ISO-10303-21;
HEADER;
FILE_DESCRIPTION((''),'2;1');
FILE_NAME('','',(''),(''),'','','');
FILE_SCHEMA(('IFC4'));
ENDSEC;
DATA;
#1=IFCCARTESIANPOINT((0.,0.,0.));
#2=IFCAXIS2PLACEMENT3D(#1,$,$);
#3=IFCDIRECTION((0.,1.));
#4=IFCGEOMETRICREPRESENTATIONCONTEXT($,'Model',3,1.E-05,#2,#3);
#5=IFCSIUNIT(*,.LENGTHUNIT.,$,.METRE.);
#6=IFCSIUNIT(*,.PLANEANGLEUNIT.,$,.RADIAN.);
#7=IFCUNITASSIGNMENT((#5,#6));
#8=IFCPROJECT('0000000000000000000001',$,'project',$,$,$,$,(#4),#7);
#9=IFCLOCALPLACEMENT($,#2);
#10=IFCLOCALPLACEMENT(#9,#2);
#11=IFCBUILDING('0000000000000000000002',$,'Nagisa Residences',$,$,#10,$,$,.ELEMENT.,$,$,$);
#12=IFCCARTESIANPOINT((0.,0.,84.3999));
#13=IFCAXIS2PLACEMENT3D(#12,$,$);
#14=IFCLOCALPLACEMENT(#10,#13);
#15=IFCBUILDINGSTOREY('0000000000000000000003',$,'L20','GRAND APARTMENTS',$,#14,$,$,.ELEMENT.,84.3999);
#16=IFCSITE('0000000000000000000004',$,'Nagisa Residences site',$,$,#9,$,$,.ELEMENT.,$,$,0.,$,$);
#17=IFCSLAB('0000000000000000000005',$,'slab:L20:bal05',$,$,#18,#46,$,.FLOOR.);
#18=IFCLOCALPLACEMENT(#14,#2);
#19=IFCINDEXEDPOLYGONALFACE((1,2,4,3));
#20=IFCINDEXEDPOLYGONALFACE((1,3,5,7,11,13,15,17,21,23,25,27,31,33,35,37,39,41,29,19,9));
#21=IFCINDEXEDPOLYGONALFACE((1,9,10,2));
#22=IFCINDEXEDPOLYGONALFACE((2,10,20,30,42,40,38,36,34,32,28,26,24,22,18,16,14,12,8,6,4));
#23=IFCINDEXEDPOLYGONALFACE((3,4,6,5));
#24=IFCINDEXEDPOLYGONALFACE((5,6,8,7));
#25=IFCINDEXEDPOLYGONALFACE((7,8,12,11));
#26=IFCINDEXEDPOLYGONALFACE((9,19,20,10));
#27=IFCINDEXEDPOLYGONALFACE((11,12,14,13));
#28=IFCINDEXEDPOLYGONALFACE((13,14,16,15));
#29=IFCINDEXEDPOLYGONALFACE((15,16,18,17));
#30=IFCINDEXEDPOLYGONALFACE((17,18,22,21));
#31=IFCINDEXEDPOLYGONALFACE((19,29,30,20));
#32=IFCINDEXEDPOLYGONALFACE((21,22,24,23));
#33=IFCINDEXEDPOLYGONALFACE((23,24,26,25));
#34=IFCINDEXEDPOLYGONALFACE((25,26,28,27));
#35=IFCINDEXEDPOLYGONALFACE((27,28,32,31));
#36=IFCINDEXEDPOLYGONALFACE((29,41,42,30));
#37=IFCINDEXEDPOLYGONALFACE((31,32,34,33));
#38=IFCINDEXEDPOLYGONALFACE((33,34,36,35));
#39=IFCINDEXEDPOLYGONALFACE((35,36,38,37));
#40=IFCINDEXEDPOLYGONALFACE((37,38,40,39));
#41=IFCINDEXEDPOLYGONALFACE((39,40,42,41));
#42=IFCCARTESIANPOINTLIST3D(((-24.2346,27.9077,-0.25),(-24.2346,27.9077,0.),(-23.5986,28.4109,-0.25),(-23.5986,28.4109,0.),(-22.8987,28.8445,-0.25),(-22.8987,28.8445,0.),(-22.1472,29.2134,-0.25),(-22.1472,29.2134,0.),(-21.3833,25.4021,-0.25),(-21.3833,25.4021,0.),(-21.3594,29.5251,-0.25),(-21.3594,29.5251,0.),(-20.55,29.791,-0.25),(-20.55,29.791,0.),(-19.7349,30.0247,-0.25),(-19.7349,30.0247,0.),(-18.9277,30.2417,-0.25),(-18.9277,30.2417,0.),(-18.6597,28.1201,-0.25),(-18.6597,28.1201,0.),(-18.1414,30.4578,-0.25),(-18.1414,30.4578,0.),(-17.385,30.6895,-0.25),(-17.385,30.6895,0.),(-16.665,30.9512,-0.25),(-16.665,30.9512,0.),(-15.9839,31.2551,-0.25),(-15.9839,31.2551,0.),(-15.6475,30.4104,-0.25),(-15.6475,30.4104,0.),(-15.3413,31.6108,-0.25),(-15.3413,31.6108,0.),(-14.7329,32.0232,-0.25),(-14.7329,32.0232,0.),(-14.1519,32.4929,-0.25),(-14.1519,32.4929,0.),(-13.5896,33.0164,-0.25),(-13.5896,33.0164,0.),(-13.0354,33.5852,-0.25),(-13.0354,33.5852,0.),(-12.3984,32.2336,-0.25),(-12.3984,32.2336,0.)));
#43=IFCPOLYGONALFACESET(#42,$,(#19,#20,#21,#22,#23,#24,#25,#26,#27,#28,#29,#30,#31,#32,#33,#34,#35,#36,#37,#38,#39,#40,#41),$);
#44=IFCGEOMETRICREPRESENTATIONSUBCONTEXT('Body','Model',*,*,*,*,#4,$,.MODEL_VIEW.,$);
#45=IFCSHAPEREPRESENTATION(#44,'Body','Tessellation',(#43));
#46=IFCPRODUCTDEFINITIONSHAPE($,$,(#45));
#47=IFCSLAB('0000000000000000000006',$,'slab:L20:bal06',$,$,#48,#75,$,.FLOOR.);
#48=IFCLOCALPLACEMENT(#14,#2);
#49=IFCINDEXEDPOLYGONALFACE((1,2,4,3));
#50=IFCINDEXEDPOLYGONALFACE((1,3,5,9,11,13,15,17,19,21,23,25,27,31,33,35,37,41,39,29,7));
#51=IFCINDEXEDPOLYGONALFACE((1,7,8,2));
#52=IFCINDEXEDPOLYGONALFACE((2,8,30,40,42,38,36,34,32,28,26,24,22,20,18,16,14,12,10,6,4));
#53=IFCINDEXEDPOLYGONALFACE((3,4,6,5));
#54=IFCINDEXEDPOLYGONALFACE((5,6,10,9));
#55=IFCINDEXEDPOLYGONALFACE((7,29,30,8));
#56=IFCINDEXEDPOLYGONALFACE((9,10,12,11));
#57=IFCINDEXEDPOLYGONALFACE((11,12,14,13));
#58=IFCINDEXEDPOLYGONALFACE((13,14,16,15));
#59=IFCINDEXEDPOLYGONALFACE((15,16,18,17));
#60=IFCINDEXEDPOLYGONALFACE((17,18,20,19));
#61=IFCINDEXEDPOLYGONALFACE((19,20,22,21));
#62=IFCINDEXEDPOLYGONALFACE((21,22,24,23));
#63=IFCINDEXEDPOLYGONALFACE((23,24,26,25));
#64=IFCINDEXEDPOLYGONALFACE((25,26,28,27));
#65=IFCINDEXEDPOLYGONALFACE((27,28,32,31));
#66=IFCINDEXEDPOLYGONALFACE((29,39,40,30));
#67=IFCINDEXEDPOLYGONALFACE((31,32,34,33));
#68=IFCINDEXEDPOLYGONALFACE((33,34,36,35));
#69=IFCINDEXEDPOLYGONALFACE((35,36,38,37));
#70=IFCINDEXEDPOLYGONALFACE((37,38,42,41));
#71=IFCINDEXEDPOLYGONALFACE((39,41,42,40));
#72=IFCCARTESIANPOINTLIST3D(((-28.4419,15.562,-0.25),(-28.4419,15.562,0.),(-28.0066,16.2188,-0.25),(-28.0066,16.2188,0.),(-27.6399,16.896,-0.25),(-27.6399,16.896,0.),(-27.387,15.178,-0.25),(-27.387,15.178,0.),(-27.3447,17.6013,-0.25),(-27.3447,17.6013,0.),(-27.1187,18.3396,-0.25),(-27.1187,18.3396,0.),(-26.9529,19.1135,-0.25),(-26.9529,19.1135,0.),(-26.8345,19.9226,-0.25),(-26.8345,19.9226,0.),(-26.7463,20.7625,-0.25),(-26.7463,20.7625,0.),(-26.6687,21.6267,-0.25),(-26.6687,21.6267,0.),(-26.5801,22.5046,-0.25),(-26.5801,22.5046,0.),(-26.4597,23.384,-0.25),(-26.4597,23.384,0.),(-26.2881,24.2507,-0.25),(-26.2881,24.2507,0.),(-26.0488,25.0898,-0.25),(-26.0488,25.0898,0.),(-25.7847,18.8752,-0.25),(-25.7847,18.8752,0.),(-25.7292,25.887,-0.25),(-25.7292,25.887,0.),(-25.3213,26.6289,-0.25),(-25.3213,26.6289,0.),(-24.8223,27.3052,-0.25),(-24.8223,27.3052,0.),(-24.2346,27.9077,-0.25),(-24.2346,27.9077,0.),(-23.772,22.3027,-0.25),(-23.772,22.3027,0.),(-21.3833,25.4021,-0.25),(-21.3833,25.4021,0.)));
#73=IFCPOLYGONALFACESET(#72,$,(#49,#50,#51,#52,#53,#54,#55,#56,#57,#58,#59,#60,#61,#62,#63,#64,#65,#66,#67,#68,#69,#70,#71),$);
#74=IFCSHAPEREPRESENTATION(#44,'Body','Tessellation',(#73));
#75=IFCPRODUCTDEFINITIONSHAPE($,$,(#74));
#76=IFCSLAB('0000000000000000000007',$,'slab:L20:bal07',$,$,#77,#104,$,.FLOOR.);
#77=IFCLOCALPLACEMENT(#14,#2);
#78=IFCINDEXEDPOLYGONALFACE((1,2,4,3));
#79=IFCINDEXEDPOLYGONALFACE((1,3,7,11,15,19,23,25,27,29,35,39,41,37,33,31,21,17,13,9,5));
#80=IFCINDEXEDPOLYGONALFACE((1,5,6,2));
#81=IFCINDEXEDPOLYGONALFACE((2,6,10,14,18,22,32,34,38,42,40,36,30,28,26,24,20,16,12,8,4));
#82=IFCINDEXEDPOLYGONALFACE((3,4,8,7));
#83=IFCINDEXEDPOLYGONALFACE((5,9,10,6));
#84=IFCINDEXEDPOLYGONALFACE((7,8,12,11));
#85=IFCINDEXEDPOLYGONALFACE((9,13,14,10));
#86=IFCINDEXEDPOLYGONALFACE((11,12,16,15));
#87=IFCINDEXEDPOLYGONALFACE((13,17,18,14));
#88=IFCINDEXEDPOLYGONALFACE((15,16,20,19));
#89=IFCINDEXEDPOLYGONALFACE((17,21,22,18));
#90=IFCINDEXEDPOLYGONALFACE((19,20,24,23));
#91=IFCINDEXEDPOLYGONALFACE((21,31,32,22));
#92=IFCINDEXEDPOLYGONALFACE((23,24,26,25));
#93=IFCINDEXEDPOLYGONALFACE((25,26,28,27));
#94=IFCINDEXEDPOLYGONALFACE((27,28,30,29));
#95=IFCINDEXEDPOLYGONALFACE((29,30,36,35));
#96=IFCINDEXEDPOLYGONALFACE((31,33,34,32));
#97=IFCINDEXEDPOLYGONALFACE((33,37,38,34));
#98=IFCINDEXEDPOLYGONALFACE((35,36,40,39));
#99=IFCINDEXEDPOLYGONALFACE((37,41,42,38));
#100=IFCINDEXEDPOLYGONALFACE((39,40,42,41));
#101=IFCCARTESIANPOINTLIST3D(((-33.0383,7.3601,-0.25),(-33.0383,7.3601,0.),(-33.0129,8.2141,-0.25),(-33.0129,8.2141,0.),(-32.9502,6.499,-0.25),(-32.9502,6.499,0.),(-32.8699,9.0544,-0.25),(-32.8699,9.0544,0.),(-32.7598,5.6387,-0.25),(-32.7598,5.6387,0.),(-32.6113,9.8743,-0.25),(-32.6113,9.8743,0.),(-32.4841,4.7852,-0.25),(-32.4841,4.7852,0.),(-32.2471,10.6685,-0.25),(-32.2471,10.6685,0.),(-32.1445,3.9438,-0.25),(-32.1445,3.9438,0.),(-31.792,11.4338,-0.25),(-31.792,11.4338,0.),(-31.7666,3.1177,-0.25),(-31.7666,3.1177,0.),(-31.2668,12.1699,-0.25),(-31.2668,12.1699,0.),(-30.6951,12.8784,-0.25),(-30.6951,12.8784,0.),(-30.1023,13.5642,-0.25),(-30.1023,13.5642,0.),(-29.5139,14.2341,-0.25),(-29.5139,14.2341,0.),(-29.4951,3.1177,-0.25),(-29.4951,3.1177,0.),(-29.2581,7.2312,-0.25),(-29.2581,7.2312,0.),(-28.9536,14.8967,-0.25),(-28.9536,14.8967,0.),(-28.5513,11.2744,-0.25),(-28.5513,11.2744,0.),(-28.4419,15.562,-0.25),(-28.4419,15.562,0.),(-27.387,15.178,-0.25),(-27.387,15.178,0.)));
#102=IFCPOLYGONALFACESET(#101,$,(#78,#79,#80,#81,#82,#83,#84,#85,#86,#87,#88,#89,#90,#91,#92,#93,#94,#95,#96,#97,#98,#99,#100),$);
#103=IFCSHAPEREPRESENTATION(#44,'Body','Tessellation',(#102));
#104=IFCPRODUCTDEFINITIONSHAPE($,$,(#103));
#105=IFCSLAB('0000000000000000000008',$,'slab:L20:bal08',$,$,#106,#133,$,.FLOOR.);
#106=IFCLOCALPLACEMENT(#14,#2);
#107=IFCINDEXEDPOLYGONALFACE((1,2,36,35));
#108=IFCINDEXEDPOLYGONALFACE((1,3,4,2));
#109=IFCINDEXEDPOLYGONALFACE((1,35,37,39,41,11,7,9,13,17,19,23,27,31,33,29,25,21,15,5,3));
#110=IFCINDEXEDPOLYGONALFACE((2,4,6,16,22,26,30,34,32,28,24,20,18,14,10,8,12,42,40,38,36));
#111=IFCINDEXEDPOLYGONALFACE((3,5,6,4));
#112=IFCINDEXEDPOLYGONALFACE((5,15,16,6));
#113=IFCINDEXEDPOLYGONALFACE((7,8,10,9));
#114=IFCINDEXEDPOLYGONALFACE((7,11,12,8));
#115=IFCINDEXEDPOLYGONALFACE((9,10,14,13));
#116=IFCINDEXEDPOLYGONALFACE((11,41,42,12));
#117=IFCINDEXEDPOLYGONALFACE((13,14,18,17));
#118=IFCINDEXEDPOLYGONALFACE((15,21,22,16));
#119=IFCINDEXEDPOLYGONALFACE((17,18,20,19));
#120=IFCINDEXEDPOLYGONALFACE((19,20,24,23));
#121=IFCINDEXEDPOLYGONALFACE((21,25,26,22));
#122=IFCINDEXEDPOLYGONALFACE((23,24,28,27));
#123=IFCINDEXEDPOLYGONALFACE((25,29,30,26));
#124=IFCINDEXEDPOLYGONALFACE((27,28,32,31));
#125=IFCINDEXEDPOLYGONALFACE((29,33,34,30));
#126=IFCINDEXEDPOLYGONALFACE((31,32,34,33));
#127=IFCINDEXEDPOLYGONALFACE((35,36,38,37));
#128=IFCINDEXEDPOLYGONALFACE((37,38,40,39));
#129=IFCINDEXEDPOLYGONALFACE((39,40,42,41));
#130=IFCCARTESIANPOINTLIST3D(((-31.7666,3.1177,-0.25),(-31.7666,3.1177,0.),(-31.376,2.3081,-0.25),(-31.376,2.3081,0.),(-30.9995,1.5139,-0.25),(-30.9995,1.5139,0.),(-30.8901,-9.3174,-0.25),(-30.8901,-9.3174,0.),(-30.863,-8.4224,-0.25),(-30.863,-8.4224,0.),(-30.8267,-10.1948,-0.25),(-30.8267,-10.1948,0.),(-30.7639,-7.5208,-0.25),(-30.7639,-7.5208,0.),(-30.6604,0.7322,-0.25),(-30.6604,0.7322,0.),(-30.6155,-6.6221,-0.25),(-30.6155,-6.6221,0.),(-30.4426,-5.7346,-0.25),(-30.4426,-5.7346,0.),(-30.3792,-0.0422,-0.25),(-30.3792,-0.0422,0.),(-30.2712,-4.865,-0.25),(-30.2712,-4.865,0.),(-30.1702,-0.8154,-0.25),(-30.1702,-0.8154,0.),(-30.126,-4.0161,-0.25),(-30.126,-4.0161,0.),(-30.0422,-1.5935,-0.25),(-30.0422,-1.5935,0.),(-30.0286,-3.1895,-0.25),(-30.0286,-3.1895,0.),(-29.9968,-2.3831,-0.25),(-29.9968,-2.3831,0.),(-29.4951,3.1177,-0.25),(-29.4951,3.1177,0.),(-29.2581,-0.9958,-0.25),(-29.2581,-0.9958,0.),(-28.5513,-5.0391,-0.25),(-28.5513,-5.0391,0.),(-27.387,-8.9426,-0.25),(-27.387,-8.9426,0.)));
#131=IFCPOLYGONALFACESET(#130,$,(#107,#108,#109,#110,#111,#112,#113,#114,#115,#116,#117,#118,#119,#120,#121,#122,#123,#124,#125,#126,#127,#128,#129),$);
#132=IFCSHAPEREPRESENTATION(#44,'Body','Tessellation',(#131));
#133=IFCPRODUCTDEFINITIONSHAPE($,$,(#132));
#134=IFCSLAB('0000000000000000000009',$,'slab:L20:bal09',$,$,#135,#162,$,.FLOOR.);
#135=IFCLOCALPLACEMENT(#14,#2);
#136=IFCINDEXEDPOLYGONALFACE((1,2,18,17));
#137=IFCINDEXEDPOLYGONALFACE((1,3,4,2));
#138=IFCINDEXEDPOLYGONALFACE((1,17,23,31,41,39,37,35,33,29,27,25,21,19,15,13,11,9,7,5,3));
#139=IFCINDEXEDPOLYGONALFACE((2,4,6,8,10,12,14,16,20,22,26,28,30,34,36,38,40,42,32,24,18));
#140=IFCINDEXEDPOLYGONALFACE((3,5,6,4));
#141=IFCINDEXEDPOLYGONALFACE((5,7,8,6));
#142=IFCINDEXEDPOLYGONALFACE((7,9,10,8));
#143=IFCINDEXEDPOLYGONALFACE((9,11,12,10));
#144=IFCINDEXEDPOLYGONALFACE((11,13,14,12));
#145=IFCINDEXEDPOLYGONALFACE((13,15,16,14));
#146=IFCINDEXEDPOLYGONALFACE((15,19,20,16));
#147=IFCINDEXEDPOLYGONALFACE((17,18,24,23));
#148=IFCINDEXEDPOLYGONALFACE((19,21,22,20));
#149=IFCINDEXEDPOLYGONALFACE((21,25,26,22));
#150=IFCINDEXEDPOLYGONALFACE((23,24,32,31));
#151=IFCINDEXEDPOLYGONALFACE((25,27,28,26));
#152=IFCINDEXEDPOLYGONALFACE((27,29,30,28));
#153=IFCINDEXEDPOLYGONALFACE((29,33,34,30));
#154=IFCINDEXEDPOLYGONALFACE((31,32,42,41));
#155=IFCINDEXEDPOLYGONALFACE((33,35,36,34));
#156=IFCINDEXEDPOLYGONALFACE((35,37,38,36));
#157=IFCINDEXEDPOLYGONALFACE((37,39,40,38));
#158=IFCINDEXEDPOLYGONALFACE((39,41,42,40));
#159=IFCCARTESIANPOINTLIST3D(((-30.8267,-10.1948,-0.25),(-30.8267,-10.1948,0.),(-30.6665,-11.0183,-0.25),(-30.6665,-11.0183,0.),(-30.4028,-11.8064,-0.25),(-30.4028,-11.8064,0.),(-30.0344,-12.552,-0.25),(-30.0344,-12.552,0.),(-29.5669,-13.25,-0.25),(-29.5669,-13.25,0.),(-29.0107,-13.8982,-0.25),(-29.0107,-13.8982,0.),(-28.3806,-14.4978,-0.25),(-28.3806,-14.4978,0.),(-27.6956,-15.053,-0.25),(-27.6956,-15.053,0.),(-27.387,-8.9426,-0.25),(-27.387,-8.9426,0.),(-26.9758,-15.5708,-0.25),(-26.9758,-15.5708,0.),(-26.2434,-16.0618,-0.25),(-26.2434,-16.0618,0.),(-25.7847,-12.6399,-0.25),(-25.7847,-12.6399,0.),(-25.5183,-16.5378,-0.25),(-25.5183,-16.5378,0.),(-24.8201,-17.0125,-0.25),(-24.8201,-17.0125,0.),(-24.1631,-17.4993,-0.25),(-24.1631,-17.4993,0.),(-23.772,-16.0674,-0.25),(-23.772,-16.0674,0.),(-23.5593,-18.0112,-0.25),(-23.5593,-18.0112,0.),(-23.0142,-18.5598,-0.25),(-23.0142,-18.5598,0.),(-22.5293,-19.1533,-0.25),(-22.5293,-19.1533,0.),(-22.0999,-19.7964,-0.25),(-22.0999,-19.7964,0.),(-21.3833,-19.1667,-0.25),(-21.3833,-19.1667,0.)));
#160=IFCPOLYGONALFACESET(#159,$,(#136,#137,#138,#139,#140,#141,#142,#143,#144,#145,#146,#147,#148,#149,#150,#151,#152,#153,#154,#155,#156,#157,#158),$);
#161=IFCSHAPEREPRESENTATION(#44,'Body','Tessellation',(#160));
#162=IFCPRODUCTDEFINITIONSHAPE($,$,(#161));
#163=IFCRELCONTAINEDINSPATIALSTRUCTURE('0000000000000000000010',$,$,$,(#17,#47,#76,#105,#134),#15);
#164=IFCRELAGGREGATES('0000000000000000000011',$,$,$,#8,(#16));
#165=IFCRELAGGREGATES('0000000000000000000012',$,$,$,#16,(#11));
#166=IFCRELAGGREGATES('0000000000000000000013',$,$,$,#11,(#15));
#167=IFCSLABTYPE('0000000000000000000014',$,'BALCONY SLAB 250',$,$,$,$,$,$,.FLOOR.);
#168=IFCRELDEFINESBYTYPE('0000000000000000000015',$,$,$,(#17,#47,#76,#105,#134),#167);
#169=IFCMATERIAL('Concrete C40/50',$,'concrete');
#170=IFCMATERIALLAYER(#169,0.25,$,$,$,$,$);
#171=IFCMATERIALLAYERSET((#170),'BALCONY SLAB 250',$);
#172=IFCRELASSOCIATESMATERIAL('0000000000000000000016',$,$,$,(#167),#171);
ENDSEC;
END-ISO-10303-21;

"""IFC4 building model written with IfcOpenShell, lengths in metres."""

from ifc_helpers import new_model, si_unit, direction, frame, origin, place, context, subcontext, project, spatial, polyline, outline, extrude, material, layer, layer_set, type_object, element, save


model = new_model("IFC4")

# Units and contexts
model_context = context("Model", 3, precision=1e-05, world=origin(), true_north=direction((0.0, 1.0)))
body_context = subcontext(model_context, "Body", "Model", "MODEL_VIEW")
ifc_project = project(units=[si_unit("LENGTHUNIT", "METRE"), si_unit("PLANEANGLEUNIT", "RADIAN")], contexts=[model_context])

# Site, building, storey
site_placement = place(None, origin())
site = spatial("IfcSite", under=ifc_project, at=site_placement, Name="Nagisa Residences site", CompositionType="ELEMENT", RefElevation=0.0)
building_placement = place(site_placement, origin())
building = spatial("IfcBuilding", under=site, at=building_placement, Name="Nagisa Residences", CompositionType="ELEMENT")
storey_placement = place(building_placement, frame((0.0, 0.0, 84.3999)))
storey = spatial("IfcBuildingStorey", under=building, at=storey_placement, Name="L20", Description="GRAND APARTMENTS", CompositionType="ELEMENT", Elevation=84.3999)

# Slabs
ifc_material_1 = material(Name="Concrete C40/50", Category="concrete")
ifc_layer_1 = layer(ifc_material_1, 0.25)
ifc_layer_set_1 = layer_set([ifc_layer_1], Name="BALCONY SLAB 250")
slab_type_1 = type_object("IfcSlabType", Name="BALCONY SLAB 250", PredefinedType="FLOOR", material=ifc_layer_set_1)
slab_1_placement = place(storey_placement, frame((0.0, 0.0, -0.25)))
element("IfcSlab", 1, at=slab_1_placement, inside=storey, type_object=slab_type_1, Name="slab:L20:bal05", PredefinedType="FLOOR", context=body_context, shape_type="SweptSolid", body=[
    extrude(outline(polyline([(-13.0354, 33.5852), (-13.5896, 33.0164), (-14.1519, 32.4929), (-14.7329, 32.0232), (-15.3413, 31.6108), (-15.9839, 31.2551), (-16.665, 30.9512), (-17.385, 30.6895), (-18.1414, 30.4578), (-18.9277, 30.2417), (-19.7349, 30.0247), (-20.55, 29.791), (-21.3594, 29.5251), (-22.1472, 29.2134), (-22.8987, 28.8445), (-23.5986, 28.4109), (-24.2346, 27.9077), (-21.3833, 25.4021), (-18.6597, 28.1201), (-15.6475, 30.4104), (-12.3984, 32.2336), (-13.0354, 33.5852)])), origin(), (0.0, 0.0, 1.0), 0.25),
])
slab_2_placement = place(storey_placement, frame((0.0, 0.0, -0.25)))
element("IfcSlab", 2, at=slab_2_placement, inside=storey, type_object=slab_type_1, Name="slab:L20:bal06", PredefinedType="FLOOR", context=body_context, shape_type="SweptSolid", body=[
    extrude(outline(polyline([(-24.2346, 27.9077), (-24.8223, 27.3052), (-25.3213, 26.6289), (-25.7292, 25.887), (-26.0488, 25.0898), (-26.2881, 24.2507), (-26.4597, 23.384), (-26.5801, 22.5046), (-26.6687, 21.6267), (-26.7463, 20.7625), (-26.8345, 19.9226), (-26.9529, 19.1135), (-27.1187, 18.3396), (-27.3447, 17.6013), (-27.6399, 16.896), (-28.0066, 16.2188), (-28.4419, 15.562), (-27.387, 15.178), (-25.7847, 18.8752), (-23.772, 22.3027), (-21.3833, 25.4021), (-24.2346, 27.9077)])), origin(), (0.0, 0.0, 1.0), 0.25),
])
slab_3_placement = place(storey_placement, frame((0.0, 0.0, -0.25)))
element("IfcSlab", 3, at=slab_3_placement, inside=storey, type_object=slab_type_1, Name="slab:L20:bal07", PredefinedType="FLOOR", context=body_context, shape_type="SweptSolid", body=[
    extrude(outline(polyline([(-28.4419, 15.562), (-28.9536, 14.8967), (-29.5139, 14.2341), (-30.1023, 13.5642), (-30.6951, 12.8784), (-31.2668, 12.1699), (-31.792, 11.4338), (-32.2471, 10.6685), (-32.6113, 9.8743), (-32.8699, 9.0544), (-33.0129, 8.2141), (-33.0383, 7.3601), (-32.9502, 6.499), (-32.7598, 5.6387), (-32.4841, 4.7852), (-32.1445, 3.9438), (-31.7666, 3.1177), (-29.4951, 3.1177), (-29.2581, 7.2312), (-28.5513, 11.2744), (-27.387, 15.178), (-28.4419, 15.562)])), origin(), (0.0, 0.0, 1.0), 0.25),
])
slab_4_placement = place(storey_placement, frame((0.0, 0.0, -0.25)))
element("IfcSlab", 4, at=slab_4_placement, inside=storey, type_object=slab_type_1, Name="slab:L20:bal08", PredefinedType="FLOOR", context=body_context, shape_type="SweptSolid", body=[
    extrude(outline(polyline([(-31.7666, 3.1177), (-31.376, 2.3081), (-30.9995, 1.5139), (-30.6604, 0.7322), (-30.3792, -0.0422), (-30.1702, -0.8154), (-30.0422, -1.5935), (-29.9968, -2.3831), (-30.0286, -3.1895), (-30.126, -4.0161), (-30.2712, -4.865), (-30.4426, -5.7346), (-30.6155, -6.6221), (-30.7639, -7.5208), (-30.863, -8.4224), (-30.8901, -9.3174), (-30.8267, -10.1948), (-27.387, -8.9426), (-28.5513, -5.0391), (-29.2581, -0.9958), (-29.4951, 3.1177), (-31.7666, 3.1177)])), origin(), (0.0, 0.0, 1.0), 0.25),
])
slab_5_placement = place(storey_placement, frame((0.0, 0.0, -0.25)))
element("IfcSlab", 5, at=slab_5_placement, inside=storey, type_object=slab_type_1, Name="slab:L20:bal09", PredefinedType="FLOOR", context=body_context, shape_type="SweptSolid", body=[
    extrude(outline(polyline([(-30.8267, -10.1948), (-30.6665, -11.0183), (-30.4028, -11.8064), (-30.0344, -12.552), (-29.5669, -13.25), (-29.0107, -13.8982), (-28.3806, -14.4978), (-27.6956, -15.053), (-26.9758, -15.5708), (-26.2434, -16.0618), (-25.5183, -16.5378), (-24.8201, -17.0125), (-24.1631, -17.4993), (-23.5593, -18.0112), (-23.0142, -18.5598), (-22.5293, -19.1533), (-22.0999, -19.7964), (-21.3833, -19.1667), (-23.772, -16.0674), (-25.7847, -12.6399), (-27.387, -8.9426), (-30.8267, -10.1948)])), origin(), (0.0, 0.0, 1.0), 0.25),
])

save(model, "model.ifc")
